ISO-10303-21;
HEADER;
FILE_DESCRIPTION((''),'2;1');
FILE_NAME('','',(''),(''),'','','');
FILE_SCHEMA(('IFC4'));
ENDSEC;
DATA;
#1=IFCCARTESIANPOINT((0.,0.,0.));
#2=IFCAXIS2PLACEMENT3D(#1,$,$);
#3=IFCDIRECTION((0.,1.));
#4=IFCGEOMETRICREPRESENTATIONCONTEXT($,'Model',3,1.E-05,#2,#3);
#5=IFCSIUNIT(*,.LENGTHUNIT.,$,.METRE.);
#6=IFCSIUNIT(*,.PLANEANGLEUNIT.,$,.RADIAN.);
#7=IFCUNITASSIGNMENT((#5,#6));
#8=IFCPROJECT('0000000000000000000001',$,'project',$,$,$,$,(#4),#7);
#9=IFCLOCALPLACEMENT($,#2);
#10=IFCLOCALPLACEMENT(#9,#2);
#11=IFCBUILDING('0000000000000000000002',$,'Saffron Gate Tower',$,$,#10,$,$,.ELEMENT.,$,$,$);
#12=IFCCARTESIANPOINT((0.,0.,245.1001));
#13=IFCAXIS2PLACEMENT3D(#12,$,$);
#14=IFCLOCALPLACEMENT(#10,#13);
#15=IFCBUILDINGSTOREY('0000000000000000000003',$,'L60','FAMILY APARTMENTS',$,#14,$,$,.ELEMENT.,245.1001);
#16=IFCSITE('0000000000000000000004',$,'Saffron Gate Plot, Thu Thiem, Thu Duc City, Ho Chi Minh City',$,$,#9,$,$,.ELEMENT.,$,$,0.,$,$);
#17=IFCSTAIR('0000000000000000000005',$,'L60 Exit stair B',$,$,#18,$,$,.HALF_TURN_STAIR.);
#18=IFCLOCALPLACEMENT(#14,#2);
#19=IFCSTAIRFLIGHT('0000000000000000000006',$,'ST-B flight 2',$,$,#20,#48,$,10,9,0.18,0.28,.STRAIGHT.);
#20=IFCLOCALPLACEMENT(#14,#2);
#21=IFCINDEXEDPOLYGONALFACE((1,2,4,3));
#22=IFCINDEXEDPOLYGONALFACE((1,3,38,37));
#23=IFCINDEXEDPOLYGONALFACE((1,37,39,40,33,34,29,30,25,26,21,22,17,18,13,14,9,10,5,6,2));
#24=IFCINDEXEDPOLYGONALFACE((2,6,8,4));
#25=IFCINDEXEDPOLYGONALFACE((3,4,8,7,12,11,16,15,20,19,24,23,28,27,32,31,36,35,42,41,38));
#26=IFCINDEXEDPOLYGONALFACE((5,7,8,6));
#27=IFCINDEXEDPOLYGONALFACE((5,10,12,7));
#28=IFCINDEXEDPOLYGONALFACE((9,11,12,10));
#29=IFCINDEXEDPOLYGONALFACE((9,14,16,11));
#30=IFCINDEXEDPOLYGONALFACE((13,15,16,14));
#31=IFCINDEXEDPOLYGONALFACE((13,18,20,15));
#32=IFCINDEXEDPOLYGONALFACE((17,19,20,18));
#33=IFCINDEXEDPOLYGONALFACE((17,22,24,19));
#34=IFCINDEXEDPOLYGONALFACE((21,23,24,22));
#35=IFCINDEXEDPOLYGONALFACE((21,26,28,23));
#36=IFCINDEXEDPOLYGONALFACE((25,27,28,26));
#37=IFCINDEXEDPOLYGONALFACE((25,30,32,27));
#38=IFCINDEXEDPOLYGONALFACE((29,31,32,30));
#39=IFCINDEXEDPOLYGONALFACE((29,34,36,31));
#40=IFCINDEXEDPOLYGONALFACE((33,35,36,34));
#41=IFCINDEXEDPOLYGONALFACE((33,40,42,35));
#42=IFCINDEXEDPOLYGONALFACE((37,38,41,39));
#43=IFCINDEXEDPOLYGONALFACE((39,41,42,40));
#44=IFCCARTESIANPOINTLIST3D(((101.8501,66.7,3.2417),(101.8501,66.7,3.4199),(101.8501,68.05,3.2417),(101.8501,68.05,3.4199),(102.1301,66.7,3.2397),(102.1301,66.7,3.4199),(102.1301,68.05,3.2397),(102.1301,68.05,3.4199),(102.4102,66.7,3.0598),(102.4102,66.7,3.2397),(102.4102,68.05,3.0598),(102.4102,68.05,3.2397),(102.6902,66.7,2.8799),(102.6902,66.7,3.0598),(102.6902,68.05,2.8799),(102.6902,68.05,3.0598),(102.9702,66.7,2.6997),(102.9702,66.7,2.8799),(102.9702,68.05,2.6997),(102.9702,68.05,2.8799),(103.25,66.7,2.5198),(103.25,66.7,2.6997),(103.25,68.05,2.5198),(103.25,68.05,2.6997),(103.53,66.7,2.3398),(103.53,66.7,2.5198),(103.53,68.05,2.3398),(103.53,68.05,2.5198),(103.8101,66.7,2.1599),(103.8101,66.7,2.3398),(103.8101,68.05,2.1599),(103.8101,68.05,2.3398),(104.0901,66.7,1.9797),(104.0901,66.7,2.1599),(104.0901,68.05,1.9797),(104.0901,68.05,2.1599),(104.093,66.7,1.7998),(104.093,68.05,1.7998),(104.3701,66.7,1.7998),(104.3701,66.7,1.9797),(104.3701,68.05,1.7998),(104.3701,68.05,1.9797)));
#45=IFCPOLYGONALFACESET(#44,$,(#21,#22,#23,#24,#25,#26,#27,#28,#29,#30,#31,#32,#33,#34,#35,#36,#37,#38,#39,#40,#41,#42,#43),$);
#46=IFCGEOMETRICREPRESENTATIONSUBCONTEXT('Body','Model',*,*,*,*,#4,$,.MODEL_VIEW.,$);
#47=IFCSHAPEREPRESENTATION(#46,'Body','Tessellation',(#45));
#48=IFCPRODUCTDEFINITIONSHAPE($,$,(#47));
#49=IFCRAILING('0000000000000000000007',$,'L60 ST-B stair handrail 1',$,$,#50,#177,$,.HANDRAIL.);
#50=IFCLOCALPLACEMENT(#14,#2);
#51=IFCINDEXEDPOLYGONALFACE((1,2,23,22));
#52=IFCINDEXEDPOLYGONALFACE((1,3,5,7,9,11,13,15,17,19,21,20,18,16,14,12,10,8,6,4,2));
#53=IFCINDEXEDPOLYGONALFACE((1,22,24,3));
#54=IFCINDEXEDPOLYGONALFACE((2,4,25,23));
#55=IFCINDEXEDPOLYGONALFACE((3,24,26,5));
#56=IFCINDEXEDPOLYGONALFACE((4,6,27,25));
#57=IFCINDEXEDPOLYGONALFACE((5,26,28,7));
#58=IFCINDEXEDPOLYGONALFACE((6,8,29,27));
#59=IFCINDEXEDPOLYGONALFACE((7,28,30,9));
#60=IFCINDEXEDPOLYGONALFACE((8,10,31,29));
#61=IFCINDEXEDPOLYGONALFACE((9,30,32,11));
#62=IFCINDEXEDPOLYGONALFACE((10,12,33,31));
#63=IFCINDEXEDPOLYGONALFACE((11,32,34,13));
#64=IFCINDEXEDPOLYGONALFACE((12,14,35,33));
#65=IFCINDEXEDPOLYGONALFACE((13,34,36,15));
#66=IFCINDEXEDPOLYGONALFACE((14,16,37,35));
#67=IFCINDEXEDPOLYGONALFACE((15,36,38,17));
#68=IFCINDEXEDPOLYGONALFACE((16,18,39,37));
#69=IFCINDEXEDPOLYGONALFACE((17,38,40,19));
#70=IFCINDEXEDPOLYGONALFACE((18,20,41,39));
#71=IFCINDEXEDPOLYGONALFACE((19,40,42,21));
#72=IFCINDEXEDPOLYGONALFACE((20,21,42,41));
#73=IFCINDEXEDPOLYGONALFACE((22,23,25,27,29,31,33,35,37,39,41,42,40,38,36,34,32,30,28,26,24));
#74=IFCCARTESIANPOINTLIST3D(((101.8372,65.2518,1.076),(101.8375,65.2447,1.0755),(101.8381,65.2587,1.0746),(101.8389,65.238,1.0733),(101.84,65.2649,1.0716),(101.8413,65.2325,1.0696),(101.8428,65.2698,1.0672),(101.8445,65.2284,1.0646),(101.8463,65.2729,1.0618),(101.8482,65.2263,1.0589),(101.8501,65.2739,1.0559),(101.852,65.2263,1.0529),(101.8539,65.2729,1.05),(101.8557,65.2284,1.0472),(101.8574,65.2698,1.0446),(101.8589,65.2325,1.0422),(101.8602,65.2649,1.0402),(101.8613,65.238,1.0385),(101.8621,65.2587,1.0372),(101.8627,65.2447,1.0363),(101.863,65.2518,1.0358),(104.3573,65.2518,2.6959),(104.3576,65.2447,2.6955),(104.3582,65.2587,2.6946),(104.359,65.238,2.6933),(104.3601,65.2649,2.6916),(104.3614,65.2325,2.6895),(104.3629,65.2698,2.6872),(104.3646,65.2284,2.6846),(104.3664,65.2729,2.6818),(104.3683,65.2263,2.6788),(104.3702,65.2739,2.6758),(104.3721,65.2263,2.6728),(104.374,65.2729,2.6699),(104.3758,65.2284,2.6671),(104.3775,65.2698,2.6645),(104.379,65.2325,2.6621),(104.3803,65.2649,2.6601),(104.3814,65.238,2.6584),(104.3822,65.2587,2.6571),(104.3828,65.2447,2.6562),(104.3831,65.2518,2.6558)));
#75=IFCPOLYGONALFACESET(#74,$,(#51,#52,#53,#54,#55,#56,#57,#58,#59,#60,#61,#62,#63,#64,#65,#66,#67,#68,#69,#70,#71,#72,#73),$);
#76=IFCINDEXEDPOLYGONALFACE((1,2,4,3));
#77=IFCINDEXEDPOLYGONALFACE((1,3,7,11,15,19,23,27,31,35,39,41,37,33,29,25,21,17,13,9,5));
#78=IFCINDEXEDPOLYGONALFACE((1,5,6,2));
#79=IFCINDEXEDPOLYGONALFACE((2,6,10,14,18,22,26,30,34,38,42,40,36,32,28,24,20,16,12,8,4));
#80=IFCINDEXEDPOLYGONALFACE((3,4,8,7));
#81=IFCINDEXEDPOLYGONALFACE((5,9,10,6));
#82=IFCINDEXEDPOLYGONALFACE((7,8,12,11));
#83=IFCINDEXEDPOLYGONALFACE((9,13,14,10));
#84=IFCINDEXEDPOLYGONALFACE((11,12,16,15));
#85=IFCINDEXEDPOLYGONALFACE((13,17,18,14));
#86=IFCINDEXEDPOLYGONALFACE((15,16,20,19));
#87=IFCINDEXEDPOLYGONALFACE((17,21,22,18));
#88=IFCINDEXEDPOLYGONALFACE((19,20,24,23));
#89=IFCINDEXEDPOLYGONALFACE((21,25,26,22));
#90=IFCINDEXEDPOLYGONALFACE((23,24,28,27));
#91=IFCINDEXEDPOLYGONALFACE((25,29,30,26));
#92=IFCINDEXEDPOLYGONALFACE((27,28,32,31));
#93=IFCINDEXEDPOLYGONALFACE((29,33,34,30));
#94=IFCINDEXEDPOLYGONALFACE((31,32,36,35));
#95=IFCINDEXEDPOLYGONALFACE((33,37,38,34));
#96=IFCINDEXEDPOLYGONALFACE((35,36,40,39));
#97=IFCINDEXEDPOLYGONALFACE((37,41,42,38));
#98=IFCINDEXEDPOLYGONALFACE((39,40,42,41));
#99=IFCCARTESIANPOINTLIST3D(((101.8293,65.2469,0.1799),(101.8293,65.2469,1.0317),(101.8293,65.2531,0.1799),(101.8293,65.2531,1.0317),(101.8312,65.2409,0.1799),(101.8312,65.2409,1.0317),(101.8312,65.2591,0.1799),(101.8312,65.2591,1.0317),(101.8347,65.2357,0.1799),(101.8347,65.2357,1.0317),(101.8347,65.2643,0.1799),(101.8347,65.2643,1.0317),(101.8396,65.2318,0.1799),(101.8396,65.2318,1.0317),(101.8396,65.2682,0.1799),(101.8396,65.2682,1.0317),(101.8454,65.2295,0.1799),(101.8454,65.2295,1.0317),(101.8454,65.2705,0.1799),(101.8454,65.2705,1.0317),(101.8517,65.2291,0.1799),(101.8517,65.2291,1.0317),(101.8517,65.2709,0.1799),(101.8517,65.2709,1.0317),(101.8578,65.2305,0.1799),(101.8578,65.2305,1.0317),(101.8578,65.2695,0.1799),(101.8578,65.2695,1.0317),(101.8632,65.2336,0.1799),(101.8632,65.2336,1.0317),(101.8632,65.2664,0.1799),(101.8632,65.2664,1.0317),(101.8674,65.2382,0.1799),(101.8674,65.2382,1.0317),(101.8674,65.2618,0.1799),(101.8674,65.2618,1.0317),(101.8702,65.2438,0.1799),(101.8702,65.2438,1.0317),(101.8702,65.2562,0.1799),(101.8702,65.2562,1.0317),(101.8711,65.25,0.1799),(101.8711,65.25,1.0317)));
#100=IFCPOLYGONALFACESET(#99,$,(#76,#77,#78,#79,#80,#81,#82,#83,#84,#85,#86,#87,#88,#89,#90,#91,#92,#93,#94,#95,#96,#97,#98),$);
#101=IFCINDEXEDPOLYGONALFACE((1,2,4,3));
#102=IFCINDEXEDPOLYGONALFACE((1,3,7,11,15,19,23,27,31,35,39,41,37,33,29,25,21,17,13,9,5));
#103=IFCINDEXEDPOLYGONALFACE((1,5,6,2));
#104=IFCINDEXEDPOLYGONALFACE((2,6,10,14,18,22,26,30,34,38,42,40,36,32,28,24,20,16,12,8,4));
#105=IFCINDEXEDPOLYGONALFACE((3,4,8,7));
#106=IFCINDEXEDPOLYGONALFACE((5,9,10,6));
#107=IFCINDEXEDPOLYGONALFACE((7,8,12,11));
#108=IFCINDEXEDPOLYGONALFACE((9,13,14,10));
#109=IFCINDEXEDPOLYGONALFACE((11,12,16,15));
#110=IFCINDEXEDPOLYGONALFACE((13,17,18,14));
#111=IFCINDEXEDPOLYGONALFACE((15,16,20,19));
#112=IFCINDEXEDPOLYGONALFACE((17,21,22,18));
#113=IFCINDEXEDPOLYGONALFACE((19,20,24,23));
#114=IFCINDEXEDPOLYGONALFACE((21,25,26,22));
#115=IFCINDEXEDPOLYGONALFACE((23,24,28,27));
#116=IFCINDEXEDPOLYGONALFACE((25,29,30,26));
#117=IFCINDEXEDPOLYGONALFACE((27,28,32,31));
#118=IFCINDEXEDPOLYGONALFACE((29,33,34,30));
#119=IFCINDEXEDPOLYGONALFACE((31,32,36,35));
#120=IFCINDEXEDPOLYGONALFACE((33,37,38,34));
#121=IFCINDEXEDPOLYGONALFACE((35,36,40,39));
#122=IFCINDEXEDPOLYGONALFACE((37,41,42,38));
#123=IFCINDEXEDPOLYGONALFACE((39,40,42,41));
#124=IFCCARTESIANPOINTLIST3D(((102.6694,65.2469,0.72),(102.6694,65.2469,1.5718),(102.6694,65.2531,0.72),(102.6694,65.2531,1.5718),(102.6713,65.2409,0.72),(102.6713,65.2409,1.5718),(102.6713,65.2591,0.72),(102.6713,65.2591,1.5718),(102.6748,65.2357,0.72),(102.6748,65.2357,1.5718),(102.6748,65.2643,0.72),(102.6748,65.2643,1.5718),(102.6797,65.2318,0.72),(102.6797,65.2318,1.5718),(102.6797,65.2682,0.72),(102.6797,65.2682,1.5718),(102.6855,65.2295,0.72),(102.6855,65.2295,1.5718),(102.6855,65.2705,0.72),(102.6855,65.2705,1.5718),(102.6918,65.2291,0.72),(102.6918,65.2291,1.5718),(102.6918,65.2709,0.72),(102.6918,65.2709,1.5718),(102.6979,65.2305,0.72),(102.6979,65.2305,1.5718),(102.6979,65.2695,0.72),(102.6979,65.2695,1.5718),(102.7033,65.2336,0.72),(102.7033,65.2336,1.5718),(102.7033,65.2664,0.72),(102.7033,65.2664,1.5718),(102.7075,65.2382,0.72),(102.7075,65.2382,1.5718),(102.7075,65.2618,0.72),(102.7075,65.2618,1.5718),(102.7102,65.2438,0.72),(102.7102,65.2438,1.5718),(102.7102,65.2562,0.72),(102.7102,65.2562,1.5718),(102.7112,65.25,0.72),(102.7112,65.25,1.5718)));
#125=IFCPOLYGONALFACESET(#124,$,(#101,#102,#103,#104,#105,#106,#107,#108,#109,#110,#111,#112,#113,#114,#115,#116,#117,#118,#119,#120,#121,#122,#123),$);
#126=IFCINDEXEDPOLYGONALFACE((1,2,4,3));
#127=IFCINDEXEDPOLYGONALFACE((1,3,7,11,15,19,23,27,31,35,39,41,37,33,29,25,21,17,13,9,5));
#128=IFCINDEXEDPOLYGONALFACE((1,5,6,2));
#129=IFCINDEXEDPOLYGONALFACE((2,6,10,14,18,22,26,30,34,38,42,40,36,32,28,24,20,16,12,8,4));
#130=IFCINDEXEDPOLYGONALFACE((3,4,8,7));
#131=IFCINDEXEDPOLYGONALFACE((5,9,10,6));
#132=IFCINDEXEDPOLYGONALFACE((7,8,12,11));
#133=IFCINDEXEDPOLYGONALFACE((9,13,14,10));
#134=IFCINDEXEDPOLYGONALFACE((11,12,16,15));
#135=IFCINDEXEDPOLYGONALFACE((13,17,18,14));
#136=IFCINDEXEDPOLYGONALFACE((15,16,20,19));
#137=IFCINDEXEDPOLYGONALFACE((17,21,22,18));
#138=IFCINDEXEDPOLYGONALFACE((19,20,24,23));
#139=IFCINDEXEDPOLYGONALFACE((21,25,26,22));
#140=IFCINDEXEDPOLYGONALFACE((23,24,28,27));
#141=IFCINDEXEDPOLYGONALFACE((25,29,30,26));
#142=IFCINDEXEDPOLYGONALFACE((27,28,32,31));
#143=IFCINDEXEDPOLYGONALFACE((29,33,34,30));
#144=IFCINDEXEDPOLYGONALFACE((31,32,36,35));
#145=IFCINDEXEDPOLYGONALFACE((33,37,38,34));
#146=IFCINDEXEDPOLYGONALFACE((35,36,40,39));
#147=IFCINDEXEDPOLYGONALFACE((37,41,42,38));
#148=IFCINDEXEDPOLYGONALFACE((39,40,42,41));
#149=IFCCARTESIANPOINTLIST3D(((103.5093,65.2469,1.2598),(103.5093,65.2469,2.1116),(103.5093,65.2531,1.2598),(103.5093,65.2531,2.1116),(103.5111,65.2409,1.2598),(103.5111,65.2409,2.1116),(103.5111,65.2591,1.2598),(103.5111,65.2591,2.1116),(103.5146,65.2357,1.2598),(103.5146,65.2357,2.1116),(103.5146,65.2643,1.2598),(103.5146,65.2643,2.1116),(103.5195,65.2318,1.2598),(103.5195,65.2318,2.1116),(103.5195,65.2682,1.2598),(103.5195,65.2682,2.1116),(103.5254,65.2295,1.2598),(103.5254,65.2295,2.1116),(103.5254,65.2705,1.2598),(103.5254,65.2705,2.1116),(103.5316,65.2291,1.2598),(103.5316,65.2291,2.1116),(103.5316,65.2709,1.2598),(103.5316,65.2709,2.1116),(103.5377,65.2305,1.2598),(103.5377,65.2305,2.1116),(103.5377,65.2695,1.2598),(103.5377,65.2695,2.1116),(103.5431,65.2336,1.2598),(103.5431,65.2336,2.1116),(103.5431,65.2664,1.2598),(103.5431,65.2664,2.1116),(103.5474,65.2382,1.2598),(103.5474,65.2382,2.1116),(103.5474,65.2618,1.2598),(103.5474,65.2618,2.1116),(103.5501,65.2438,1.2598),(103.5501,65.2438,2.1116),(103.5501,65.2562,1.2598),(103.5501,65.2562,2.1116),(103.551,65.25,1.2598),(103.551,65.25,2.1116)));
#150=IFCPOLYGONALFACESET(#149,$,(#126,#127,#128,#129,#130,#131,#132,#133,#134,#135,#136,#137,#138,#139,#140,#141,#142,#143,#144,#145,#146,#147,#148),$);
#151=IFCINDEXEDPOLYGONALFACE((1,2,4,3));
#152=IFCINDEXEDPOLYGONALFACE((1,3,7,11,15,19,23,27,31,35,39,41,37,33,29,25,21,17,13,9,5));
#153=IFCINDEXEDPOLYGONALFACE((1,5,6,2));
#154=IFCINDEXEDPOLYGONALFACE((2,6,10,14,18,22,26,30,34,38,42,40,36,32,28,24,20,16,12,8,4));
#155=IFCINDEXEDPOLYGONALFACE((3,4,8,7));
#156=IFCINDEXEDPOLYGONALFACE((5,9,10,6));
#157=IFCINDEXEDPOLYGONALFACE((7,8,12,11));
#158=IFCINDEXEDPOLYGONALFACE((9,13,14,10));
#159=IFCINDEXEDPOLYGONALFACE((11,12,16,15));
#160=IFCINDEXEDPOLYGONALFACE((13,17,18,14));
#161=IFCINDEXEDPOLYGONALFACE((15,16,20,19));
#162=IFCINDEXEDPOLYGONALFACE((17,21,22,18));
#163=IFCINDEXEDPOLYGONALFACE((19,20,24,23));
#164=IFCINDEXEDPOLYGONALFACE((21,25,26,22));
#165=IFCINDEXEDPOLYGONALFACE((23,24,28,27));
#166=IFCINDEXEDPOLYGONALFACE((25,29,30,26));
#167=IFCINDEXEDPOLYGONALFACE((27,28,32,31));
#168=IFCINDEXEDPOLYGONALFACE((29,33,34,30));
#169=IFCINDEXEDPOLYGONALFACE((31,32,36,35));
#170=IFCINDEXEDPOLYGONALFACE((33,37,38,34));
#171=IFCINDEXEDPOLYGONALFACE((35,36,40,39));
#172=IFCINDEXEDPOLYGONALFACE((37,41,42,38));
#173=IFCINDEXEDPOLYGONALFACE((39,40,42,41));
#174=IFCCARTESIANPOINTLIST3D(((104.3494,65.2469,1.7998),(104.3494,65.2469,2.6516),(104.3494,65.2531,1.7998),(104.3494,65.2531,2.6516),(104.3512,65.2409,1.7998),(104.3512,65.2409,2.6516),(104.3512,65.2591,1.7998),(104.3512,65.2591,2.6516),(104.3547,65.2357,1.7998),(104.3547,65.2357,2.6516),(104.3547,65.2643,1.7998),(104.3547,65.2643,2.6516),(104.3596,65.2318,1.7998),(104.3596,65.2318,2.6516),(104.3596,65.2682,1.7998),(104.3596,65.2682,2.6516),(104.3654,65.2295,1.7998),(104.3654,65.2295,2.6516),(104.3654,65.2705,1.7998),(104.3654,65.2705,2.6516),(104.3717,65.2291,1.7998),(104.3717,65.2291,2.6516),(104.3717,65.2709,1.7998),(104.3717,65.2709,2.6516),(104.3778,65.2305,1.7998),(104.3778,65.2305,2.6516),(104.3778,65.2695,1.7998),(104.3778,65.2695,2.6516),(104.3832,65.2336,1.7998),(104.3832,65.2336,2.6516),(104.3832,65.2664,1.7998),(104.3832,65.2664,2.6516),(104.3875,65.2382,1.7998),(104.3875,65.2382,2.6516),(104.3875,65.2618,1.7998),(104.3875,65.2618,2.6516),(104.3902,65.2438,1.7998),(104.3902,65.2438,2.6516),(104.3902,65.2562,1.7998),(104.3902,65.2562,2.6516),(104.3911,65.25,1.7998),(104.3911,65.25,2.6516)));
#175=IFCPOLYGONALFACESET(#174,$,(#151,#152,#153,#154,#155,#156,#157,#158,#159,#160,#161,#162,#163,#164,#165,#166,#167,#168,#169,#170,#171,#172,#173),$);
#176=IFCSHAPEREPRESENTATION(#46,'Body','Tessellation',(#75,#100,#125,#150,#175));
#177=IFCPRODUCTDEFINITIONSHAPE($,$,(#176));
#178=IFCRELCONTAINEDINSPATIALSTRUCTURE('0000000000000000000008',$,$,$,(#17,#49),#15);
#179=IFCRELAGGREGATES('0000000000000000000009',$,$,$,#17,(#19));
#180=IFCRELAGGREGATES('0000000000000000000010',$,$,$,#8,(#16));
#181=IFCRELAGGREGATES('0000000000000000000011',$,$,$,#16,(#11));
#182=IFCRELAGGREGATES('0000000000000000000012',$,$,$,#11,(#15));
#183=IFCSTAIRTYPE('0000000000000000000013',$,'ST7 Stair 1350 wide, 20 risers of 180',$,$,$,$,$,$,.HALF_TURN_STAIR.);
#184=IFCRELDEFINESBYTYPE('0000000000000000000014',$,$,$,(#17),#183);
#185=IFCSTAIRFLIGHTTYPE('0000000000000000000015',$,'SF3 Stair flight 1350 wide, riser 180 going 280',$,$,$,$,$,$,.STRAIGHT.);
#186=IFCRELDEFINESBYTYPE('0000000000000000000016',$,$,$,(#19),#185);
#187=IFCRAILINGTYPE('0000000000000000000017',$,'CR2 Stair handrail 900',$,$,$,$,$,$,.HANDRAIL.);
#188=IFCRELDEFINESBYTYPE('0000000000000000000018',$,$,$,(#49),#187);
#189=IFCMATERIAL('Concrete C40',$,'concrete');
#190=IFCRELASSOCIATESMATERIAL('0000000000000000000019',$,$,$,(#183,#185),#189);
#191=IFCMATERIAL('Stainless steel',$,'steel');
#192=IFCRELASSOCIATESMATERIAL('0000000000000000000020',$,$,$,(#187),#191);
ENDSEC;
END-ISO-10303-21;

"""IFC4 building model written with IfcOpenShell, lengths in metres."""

from ifc_helpers import new_model, si_unit, direction, frame, origin, origin_2d, place, context, subcontext, project, spatial, polyline, circle, outline, extrude, material, type_object, element, aggregate, save


model = new_model("IFC4")

# Units and contexts
model_context = context("Model", 3, precision=1e-05, world=origin(), true_north=direction((0.0, 1.0)))
body_context = subcontext(model_context, "Body", "Model", "MODEL_VIEW")
ifc_project = project(units=[si_unit("LENGTHUNIT", "METRE"), si_unit("PLANEANGLEUNIT", "RADIAN")], contexts=[model_context])

# Site, building, storey
site_placement = place(None, origin())
site = spatial("IfcSite", under=ifc_project, at=site_placement, Name="Saffron Gate Plot, Thu Thiem, Thu Duc City, Ho Chi Minh City", CompositionType="ELEMENT", RefElevation=0.0)
building_placement = place(site_placement, origin())
building = spatial("IfcBuilding", under=site, at=building_placement, Name="Saffron Gate Tower", CompositionType="ELEMENT")
storey_placement = place(building_placement, frame((0.0, 0.0, 245.1001)))
storey = spatial("IfcBuildingStorey", under=building, at=storey_placement, Name="L60", Description="FAMILY APARTMENTS", CompositionType="ELEMENT", Elevation=245.1001)

# Stair, stair flight
ifc_material_1 = material(Name="Concrete C40", Category="concrete")
stair_type = type_object("IfcStairType", Name="ST7 Stair 1350 wide, 20 risers of 180", PredefinedType="HALF_TURN_STAIR", material=ifc_material_1)
stair_placement = place(storey_placement, origin())
stair = element("IfcStair", 1, at=stair_placement, inside=storey, type_object=stair_type, Name="L60 Exit stair B", PredefinedType="HALF_TURN_STAIR")
stair_flight_type = type_object("IfcStairFlightType", Name="SF3 Stair flight 1350 wide, riser 180 going 280", PredefinedType="STRAIGHT", material=ifc_material_1)
stair_flight_1_placement = place(storey_placement, frame((104.3701, 67.375, 1.7998), z_axis=(0.0, 0.0, 1.0), x_axis=(-1.0, 0.0, 0.0)))
stair_flight_1 = element("IfcStairFlight", 2, at=stair_flight_1_placement, type_object=stair_flight_type, Name="ST-B flight 2", NumberOfRisers=10, NumberOfTreads=9, PredefinedType="STRAIGHT", RiserHeight=0.18, TreadLength=0.28, context=body_context, shape_type="SweptSolid", body=[
    extrude(outline(polyline([(0.0, 0.0), (0.0, 0.1799), (0.28, 0.1799), (0.28, 0.3601), (0.5601, 0.3601), (0.5601, 0.54), (0.8401, 0.54), (0.8401, 0.72), (1.1201, 0.72), (1.1201, 0.8999), (1.3999, 0.8999), (1.3999, 1.0801), (1.6799, 1.0801), (1.6799, 1.26), (1.96, 1.26), (1.96, 1.4399), (2.24, 1.4399), (2.24, 1.6201), (2.52, 1.6201), (2.52, 1.8), (2.52, 1.4419), (0.2771, 0.0), (0.0, 0.0)])), frame((0.0, 0.675, 0.0), z_axis=(0.0, -1.0, 0.0), x_axis=(1.0, 0.0, 0.0)), (0.0, 0.0, 1.0), 1.3501),
])
aggregate(stair, [stair_flight_1])

# Railing
ifc_material_2 = material(Name="Stainless steel", Category="steel")
railing_type_1 = type_object("IfcRailingType", Name="CR2 Stair handrail 900", PredefinedType="HANDRAIL", material=ifc_material_2)
railing_1_placement = place(storey_placement, frame((101.8501, 65.25, 0.1799)))
element("IfcRailing", 3, at=railing_1_placement, inside=storey, type_object=railing_type_1, Name="L60 ST-B stair handrail 1", PredefinedType="HANDRAIL", context=body_context, shape_type="SweptSolid", body=[
    extrude(circle(Radius=0.0239, at=origin_2d()), frame((0.0, 0.0, 0.876), z_axis=(0.8412, 0.0, 0.540725), x_axis=(0.0, 1.0, 0.0)), (0.0, 0.0, 1.0), 2.9958),
    extrude(circle(Radius=0.021, at=origin_2d()), origin(), (0.0, 0.0, 1.0), 0.8518),
    extrude(circle(Radius=0.021, at=origin_2d()), frame((0.8401, 0.0, 0.54)), (0.0, 0.0, 1.0), 0.8518),
    extrude(circle(Radius=0.021, at=origin_2d()), frame((1.6799, 0.0, 1.0798)), (0.0, 0.0, 1.0), 0.8518),
    extrude(circle(Radius=0.021, at=origin_2d()), frame((2.52, 0.0, 1.6199)), (0.0, 0.0, 1.0), 0.8518),
])

save(model, "model.ifc")
